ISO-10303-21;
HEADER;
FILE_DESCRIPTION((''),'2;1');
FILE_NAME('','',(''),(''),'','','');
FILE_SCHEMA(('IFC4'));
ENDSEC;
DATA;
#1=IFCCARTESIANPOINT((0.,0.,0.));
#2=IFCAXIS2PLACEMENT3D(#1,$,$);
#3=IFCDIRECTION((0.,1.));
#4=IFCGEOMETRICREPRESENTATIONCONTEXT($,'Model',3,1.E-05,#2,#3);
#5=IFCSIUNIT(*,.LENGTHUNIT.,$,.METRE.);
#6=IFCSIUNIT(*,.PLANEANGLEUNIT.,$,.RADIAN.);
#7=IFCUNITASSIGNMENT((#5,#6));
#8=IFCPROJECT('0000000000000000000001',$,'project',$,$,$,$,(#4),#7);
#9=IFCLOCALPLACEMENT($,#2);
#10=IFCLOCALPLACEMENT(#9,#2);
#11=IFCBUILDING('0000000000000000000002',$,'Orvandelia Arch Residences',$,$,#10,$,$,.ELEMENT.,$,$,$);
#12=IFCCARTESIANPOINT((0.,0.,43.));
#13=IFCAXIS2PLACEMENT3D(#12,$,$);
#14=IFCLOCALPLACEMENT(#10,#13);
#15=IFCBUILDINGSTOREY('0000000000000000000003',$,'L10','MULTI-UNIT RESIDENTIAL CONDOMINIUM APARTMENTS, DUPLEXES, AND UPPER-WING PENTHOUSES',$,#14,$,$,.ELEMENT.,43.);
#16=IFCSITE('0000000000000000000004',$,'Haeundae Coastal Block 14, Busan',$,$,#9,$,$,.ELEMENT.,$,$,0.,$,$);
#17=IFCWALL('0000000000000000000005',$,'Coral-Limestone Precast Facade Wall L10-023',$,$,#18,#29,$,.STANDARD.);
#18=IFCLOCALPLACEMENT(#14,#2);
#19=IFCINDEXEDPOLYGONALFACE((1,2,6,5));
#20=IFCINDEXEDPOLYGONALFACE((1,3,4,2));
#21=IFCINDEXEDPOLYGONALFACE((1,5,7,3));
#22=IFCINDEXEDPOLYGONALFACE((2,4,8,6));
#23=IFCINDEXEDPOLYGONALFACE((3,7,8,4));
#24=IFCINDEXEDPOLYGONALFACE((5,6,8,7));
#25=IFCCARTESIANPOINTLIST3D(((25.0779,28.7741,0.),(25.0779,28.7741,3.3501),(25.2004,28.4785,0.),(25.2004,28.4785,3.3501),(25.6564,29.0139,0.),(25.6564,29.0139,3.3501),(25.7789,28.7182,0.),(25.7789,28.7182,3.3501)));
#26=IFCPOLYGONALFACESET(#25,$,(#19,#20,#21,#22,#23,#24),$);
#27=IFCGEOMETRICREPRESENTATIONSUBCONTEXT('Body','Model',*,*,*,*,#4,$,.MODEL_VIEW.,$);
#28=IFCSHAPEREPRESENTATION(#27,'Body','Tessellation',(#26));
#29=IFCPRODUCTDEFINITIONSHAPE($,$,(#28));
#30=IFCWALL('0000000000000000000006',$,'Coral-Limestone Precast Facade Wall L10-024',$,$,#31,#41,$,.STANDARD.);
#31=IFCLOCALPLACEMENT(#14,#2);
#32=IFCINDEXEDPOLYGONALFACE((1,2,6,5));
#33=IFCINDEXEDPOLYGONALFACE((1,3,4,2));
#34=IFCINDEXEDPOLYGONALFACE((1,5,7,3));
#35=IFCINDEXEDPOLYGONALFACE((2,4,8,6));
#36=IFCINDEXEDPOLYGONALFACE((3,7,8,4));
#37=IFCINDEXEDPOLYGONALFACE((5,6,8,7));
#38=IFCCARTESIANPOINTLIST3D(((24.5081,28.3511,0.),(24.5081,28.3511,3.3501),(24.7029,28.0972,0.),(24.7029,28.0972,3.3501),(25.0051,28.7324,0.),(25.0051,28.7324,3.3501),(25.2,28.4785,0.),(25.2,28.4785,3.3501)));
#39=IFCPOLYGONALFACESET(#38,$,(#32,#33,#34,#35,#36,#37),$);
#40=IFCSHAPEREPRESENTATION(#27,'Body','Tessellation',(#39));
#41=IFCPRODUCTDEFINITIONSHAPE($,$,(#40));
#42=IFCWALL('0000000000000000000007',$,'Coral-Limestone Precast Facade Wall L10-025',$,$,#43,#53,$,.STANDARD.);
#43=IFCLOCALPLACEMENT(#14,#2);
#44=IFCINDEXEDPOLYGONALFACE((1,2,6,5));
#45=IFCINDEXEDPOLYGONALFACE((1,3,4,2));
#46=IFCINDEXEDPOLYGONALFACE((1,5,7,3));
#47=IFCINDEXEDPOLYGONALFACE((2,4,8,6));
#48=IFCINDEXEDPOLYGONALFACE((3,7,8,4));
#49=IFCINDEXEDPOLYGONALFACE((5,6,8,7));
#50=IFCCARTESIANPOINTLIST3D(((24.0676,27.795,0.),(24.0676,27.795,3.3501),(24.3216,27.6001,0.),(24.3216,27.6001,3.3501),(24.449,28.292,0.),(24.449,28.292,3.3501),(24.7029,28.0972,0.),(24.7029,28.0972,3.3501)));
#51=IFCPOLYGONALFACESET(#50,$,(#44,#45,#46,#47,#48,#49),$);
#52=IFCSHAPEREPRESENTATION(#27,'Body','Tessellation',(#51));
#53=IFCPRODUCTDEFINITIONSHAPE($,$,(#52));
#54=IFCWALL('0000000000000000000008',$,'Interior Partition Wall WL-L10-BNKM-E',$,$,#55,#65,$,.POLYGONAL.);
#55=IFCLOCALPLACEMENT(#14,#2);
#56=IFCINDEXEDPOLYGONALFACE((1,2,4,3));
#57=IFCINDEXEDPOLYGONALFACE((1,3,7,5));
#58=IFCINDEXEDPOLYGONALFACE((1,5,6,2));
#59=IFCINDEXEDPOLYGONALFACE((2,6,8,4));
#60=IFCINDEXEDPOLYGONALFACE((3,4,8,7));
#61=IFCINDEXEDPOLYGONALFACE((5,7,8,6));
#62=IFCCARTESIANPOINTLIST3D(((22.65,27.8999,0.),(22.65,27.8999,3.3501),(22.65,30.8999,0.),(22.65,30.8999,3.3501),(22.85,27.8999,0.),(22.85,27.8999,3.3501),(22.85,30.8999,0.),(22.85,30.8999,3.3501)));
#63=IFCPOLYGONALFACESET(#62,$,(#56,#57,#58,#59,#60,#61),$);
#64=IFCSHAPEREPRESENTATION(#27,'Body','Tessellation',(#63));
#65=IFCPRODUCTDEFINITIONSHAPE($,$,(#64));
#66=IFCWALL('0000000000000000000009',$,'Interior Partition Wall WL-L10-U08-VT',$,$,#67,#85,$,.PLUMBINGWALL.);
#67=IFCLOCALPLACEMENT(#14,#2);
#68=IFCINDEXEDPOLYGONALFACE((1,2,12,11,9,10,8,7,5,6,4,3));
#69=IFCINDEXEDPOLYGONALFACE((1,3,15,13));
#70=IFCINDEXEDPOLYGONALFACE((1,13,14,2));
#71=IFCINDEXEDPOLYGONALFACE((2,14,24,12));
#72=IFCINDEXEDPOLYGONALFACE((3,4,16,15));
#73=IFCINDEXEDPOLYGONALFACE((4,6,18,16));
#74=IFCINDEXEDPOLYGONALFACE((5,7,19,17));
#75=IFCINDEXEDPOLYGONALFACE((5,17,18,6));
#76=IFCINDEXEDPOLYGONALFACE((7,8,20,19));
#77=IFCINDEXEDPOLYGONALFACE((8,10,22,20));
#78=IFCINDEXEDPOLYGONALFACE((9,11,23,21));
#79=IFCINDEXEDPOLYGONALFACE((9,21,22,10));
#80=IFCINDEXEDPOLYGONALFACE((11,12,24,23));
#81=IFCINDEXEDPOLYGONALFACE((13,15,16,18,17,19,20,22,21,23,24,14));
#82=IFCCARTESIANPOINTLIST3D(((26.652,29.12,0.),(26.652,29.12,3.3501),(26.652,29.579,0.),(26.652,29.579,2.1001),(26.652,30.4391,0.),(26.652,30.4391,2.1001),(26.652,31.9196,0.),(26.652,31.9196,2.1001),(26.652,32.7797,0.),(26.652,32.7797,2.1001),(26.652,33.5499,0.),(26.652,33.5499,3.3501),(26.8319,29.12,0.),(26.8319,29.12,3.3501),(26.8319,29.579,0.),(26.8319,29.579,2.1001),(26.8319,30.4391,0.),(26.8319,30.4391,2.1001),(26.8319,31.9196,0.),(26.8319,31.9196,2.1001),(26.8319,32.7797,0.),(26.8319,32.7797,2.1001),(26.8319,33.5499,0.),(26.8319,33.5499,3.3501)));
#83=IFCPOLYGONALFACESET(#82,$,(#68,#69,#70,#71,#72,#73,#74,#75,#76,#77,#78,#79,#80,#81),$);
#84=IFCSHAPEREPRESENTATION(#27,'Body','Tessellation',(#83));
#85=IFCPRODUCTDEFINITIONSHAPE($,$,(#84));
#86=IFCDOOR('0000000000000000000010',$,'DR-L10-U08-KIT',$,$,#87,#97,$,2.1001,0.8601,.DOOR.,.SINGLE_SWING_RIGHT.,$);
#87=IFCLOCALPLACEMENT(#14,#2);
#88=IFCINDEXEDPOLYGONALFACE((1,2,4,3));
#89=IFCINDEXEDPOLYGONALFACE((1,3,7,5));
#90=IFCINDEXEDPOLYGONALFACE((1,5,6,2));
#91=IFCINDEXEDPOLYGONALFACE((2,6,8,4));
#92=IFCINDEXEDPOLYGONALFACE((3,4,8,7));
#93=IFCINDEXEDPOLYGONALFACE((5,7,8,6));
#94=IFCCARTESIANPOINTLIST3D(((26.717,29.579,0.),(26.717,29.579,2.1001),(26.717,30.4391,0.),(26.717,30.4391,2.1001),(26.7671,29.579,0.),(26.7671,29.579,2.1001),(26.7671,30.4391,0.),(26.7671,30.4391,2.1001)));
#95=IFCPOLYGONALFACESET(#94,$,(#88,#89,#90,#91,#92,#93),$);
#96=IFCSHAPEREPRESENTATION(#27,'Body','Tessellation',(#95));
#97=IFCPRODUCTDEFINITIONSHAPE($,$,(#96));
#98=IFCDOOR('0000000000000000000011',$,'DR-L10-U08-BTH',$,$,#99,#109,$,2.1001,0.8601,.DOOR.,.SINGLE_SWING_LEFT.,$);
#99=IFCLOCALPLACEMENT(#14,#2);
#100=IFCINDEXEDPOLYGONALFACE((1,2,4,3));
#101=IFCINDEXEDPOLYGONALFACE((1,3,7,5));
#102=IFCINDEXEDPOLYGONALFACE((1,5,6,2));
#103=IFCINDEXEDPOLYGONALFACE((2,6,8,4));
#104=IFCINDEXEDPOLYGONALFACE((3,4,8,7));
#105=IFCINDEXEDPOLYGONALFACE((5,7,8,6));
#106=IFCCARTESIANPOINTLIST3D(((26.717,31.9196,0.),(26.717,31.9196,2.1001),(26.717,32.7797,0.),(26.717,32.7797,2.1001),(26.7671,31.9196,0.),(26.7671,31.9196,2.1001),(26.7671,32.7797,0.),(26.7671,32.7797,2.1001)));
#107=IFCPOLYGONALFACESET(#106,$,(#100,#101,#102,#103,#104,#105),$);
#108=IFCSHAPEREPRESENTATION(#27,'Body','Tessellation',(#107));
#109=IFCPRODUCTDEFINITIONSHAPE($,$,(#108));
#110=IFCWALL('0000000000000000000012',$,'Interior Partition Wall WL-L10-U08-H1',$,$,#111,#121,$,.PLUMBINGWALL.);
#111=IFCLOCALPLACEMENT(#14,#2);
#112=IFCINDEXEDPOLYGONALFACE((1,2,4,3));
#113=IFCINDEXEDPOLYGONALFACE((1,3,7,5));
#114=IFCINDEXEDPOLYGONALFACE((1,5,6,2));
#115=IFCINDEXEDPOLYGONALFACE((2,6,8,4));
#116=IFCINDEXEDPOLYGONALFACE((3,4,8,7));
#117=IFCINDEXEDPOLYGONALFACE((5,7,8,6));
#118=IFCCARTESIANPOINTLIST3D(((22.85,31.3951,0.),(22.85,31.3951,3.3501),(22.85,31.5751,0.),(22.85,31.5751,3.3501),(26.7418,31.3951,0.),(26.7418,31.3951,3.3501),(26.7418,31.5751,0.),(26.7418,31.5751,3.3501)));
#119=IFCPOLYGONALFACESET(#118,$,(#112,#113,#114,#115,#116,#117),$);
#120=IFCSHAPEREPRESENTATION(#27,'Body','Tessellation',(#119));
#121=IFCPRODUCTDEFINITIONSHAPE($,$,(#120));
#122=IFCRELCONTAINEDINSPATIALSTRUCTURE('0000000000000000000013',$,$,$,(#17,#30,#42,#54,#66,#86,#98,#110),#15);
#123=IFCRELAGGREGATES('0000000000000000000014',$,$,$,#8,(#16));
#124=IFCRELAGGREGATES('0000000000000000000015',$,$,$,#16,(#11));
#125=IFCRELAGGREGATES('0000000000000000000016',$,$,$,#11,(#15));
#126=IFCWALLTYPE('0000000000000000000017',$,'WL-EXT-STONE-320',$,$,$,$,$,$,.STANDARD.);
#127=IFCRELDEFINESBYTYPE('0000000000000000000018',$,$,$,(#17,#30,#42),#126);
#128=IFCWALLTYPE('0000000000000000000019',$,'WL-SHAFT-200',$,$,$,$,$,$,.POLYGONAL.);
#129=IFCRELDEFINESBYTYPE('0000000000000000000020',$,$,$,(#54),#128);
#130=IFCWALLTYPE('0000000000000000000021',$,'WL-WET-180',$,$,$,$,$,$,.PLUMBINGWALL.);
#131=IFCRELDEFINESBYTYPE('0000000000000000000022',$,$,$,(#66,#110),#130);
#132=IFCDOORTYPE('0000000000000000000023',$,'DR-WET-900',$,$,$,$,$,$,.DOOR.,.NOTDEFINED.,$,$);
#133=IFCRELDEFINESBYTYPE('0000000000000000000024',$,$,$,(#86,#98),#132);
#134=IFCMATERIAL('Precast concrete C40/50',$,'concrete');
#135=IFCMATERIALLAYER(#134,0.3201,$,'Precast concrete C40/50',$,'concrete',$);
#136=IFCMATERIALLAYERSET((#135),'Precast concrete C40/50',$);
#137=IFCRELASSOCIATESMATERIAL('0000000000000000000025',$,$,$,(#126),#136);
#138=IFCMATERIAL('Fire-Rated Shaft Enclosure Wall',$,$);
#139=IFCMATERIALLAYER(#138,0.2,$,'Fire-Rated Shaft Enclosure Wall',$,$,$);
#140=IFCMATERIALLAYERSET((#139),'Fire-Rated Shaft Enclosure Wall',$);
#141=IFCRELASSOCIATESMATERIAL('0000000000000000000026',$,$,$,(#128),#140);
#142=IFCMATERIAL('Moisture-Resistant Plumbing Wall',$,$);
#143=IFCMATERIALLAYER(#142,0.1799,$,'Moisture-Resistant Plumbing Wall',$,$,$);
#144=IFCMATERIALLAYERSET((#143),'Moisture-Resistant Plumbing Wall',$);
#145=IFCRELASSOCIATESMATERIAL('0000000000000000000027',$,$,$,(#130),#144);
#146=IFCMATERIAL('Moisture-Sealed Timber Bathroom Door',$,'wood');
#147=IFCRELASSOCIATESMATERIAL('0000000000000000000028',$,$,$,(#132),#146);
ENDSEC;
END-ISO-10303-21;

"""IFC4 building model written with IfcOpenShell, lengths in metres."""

from ifc_helpers import new_model, si_unit, direction, frame, frame_2d, origin, place, context, subcontext, project, spatial, rectangle, extrude, material, layer, layer_set, type_object, element, fill, save


model = new_model("IFC4")

# Units and contexts
model_context = context("Model", 3, precision=1e-05, world=origin(), true_north=direction((0.0, 1.0)))
body_context = subcontext(model_context, "Body", "Model", "MODEL_VIEW")
ifc_project = project(units=[si_unit("LENGTHUNIT", "METRE"), si_unit("PLANEANGLEUNIT", "RADIAN")], contexts=[model_context])

# Site, building, storey
site_placement = place(None, origin())
site = spatial("IfcSite", under=ifc_project, at=site_placement, Name="Haeundae Coastal Block 14, Busan", CompositionType="ELEMENT", RefElevation=0.0)
building_placement = place(site_placement, origin())
building = spatial("IfcBuilding", under=site, at=building_placement, Name="Orvandelia Arch Residences", CompositionType="ELEMENT")
storey_placement = place(building_placement, frame((0.0, 0.0, 43.0)))
storey = spatial("IfcBuildingStorey", under=building, at=storey_placement, Name="L10", Description="MULTI-UNIT RESIDENTIAL CONDOMINIUM APARTMENTS, DUPLEXES, AND UPPER-WING PENTHOUSES", CompositionType="ELEMENT", Elevation=43.0)

# Walls
ifc_material_1 = material(Name="Precast concrete C40/50", Category="concrete")
ifc_layer_1 = layer(ifc_material_1, 0.3201, Name="Precast concrete C40/50", Category="concrete")
ifc_layer_set_1 = layer_set([ifc_layer_1], Name="Precast concrete C40/50")
wall_type_1 = type_object("IfcWallType", Name="WL-EXT-STONE-320", PredefinedType="STANDARD", material=ifc_layer_set_1)
wall_1_placement = place(storey_placement, frame((25.7175, 28.866, 0.0), z_axis=(0.0, 0.0, 1.0), x_axis=(-0.923836, -0.382788, 0.0)))
element("IfcWall", 1, at=wall_1_placement, inside=storey, type_object=wall_type_1, Name="Coral-Limestone Precast Facade Wall L10-023", PredefinedType="STANDARD", context=body_context, shape_type="SweptSolid", body=[
    extrude(rectangle(XDim=0.6262, YDim=0.3201, at=frame_2d((0.313, 0.0))), origin(), (0.0, 0.0, 1.0), 3.3501),
])
for number, where, z_axis, x_axis, name in (
    (2, (25.1025, 28.6055, 0.0), (0.0, 0.0, 1.0), (-0.793406, -0.608693, 0.0), "Coral-Limestone Precast Facade Wall L10-024"),
    (3, (24.5759, 28.1946, 0.0), (0.0, 0.0, 1.0), (-0.608693, -0.793406, 0.0), "Coral-Limestone Precast Facade Wall L10-025"),
):
    element("IfcWall", number, at=place(storey_placement, frame(where, z_axis=z_axis, x_axis=x_axis)), inside=storey, type_object=wall_type_1, Name=name, PredefinedType="STANDARD", context=body_context, shape_type="SweptSolid", body=[
        extrude(rectangle(XDim=0.6265, YDim=0.3201, at=frame_2d((0.3132, 0.0))), origin(), (0.0, 0.0, 1.0), 3.3501),
    ])
ifc_material_2 = material(Name="Fire-Rated Shaft Enclosure Wall")
ifc_layer_2 = layer(ifc_material_2, 0.2, Name="Fire-Rated Shaft Enclosure Wall")
ifc_layer_set_2 = layer_set([ifc_layer_2], Name="Fire-Rated Shaft Enclosure Wall")
wall_type_2 = type_object("IfcWallType", Name="WL-SHAFT-200", PredefinedType="POLYGONAL", material=ifc_layer_set_2)
wall_2_placement = place(storey_placement, frame((22.75, 27.8999, 0.0), z_axis=(0.0, 0.0, 1.0), x_axis=(0.0, 1.0, 0.0)))
element("IfcWall", 4, at=wall_2_placement, inside=storey, type_object=wall_type_2, Name="Interior Partition Wall WL-L10-BNKM-E", PredefinedType="POLYGONAL", context=body_context, shape_type="SweptSolid", body=[
    extrude(rectangle(XDim=3.0, YDim=0.2, at=frame_2d((1.5, 0.0))), origin(), (0.0, 0.0, 1.0), 3.3501),
])

# Wall, openings, doors
ifc_material_3 = material(Name="Moisture-Resistant Plumbing Wall")
ifc_layer_3 = layer(ifc_material_3, 0.1799, Name="Moisture-Resistant Plumbing Wall")
ifc_layer_set_3 = layer_set([ifc_layer_3], Name="Moisture-Resistant Plumbing Wall")
wall_type_3 = type_object("IfcWallType", Name="WL-WET-180", PredefinedType="PLUMBINGWALL", material=ifc_layer_set_3)
wall_3_placement = place(storey_placement, frame((26.7419, 29.1201, 0.0), z_axis=(0.0, 0.0, 1.0), x_axis=(0.0, 1.0, 0.0)))
wall_3 = element("IfcWall", 5, at=wall_3_placement, inside=storey, type_object=wall_type_3, Name="Interior Partition Wall WL-L10-U08-VT", PredefinedType="PLUMBINGWALL", context=body_context, shape_type="SweptSolid", body=[
    extrude(rectangle(XDim=4.4299, YDim=0.1799, at=frame_2d((2.2148, 0.0))), origin(), (0.0, 0.0, 1.0), 3.3501),
])
opening_1_placement = place(wall_3_placement, frame((0.4587, 0.0, 0.0)))
opening_1 = element("IfcOpeningElement", 6, at=opening_1_placement, cuts=wall_3, PredefinedType="OPENING", context=body_context, shape_type="SweptSolid", body=[
    extrude(rectangle(XDim=0.8601, YDim=2.1001, at=frame_2d((0.4302, 1.05))), frame((0.0, 0.1001, 0.0), z_axis=(0.0, -1.0, 0.0), x_axis=(1.0, 0.0, 0.0)), (0.0, 0.0, 1.0), 0.2),
])
opening_2_placement = place(wall_3_placement, frame((2.7993, 0.0, 0.0)))
opening_2 = element("IfcOpeningElement", 7, at=opening_2_placement, cuts=wall_3, PredefinedType="OPENING", context=body_context, shape_type="SweptSolid", body=[
    extrude(rectangle(XDim=0.8601, YDim=2.1001, at=frame_2d((0.4302, 1.05))), frame((0.0, 0.1001, 0.0), z_axis=(0.0, -1.0, 0.0), x_axis=(1.0, 0.0, 0.0)), (0.0, 0.0, 1.0), 0.2),
])
ifc_material_4 = material(Name="Moisture-Sealed Timber Bathroom Door", Category="wood")
door_type_1 = type_object("IfcDoorType", Name="DR-WET-900", OperationType="NOTDEFINED", PredefinedType="DOOR", material=ifc_material_4)
door_1_placement = place(opening_1_placement, origin())
door_1 = element("IfcDoor", 8, at=door_1_placement, inside=storey, type_object=door_type_1, Name="DR-L10-U08-KIT", OperationType="SINGLE_SWING_RIGHT", OverallHeight=2.1001, OverallWidth=0.8601, PredefinedType="DOOR", context=body_context, shape_type="SweptSolid", body=[
    extrude(rectangle(XDim=0.8601, YDim=2.1001, at=frame_2d((0.4302, 1.05))), frame((0.0, 0.0249, 0.0), z_axis=(0.0, -1.0, 0.0), x_axis=(1.0, 0.0, 0.0)), (0.0, 0.0, 1.0), 0.05),
])
fill(opening_1, door_1)
door_2_placement = place(opening_2_placement, origin())
door_2 = element("IfcDoor", 9, at=door_2_placement, inside=storey, type_object=door_type_1, Name="DR-L10-U08-BTH", OperationType="SINGLE_SWING_LEFT", OverallHeight=2.1001, OverallWidth=0.8601, PredefinedType="DOOR", context=body_context, shape_type="SweptSolid", body=[
    extrude(rectangle(XDim=0.8601, YDim=2.1001, at=frame_2d((0.4302, 1.05))), frame((0.0, 0.0249, 0.0), z_axis=(0.0, -1.0, 0.0), x_axis=(1.0, 0.0, 0.0)), (0.0, 0.0, 1.0), 0.05),
])
fill(opening_2, door_2)

# Wall
wall_4_placement = place(storey_placement, frame((22.8501, 31.4851, 0.0), z_axis=(0.0, 0.0, 1.0), x_axis=(1.0, 0.0, 0.0)))
element("IfcWall", 10, at=wall_4_placement, inside=storey, type_object=wall_type_3, Name="Interior Partition Wall WL-L10-U08-H1", PredefinedType="PLUMBINGWALL", context=body_context, shape_type="SweptSolid", body=[
    extrude(rectangle(XDim=3.8918, YDim=0.1799, at=frame_2d((1.9458, 0.0))), origin(), (0.0, 0.0, 1.0), 3.3501),
])

save(model, "model.ifc")
